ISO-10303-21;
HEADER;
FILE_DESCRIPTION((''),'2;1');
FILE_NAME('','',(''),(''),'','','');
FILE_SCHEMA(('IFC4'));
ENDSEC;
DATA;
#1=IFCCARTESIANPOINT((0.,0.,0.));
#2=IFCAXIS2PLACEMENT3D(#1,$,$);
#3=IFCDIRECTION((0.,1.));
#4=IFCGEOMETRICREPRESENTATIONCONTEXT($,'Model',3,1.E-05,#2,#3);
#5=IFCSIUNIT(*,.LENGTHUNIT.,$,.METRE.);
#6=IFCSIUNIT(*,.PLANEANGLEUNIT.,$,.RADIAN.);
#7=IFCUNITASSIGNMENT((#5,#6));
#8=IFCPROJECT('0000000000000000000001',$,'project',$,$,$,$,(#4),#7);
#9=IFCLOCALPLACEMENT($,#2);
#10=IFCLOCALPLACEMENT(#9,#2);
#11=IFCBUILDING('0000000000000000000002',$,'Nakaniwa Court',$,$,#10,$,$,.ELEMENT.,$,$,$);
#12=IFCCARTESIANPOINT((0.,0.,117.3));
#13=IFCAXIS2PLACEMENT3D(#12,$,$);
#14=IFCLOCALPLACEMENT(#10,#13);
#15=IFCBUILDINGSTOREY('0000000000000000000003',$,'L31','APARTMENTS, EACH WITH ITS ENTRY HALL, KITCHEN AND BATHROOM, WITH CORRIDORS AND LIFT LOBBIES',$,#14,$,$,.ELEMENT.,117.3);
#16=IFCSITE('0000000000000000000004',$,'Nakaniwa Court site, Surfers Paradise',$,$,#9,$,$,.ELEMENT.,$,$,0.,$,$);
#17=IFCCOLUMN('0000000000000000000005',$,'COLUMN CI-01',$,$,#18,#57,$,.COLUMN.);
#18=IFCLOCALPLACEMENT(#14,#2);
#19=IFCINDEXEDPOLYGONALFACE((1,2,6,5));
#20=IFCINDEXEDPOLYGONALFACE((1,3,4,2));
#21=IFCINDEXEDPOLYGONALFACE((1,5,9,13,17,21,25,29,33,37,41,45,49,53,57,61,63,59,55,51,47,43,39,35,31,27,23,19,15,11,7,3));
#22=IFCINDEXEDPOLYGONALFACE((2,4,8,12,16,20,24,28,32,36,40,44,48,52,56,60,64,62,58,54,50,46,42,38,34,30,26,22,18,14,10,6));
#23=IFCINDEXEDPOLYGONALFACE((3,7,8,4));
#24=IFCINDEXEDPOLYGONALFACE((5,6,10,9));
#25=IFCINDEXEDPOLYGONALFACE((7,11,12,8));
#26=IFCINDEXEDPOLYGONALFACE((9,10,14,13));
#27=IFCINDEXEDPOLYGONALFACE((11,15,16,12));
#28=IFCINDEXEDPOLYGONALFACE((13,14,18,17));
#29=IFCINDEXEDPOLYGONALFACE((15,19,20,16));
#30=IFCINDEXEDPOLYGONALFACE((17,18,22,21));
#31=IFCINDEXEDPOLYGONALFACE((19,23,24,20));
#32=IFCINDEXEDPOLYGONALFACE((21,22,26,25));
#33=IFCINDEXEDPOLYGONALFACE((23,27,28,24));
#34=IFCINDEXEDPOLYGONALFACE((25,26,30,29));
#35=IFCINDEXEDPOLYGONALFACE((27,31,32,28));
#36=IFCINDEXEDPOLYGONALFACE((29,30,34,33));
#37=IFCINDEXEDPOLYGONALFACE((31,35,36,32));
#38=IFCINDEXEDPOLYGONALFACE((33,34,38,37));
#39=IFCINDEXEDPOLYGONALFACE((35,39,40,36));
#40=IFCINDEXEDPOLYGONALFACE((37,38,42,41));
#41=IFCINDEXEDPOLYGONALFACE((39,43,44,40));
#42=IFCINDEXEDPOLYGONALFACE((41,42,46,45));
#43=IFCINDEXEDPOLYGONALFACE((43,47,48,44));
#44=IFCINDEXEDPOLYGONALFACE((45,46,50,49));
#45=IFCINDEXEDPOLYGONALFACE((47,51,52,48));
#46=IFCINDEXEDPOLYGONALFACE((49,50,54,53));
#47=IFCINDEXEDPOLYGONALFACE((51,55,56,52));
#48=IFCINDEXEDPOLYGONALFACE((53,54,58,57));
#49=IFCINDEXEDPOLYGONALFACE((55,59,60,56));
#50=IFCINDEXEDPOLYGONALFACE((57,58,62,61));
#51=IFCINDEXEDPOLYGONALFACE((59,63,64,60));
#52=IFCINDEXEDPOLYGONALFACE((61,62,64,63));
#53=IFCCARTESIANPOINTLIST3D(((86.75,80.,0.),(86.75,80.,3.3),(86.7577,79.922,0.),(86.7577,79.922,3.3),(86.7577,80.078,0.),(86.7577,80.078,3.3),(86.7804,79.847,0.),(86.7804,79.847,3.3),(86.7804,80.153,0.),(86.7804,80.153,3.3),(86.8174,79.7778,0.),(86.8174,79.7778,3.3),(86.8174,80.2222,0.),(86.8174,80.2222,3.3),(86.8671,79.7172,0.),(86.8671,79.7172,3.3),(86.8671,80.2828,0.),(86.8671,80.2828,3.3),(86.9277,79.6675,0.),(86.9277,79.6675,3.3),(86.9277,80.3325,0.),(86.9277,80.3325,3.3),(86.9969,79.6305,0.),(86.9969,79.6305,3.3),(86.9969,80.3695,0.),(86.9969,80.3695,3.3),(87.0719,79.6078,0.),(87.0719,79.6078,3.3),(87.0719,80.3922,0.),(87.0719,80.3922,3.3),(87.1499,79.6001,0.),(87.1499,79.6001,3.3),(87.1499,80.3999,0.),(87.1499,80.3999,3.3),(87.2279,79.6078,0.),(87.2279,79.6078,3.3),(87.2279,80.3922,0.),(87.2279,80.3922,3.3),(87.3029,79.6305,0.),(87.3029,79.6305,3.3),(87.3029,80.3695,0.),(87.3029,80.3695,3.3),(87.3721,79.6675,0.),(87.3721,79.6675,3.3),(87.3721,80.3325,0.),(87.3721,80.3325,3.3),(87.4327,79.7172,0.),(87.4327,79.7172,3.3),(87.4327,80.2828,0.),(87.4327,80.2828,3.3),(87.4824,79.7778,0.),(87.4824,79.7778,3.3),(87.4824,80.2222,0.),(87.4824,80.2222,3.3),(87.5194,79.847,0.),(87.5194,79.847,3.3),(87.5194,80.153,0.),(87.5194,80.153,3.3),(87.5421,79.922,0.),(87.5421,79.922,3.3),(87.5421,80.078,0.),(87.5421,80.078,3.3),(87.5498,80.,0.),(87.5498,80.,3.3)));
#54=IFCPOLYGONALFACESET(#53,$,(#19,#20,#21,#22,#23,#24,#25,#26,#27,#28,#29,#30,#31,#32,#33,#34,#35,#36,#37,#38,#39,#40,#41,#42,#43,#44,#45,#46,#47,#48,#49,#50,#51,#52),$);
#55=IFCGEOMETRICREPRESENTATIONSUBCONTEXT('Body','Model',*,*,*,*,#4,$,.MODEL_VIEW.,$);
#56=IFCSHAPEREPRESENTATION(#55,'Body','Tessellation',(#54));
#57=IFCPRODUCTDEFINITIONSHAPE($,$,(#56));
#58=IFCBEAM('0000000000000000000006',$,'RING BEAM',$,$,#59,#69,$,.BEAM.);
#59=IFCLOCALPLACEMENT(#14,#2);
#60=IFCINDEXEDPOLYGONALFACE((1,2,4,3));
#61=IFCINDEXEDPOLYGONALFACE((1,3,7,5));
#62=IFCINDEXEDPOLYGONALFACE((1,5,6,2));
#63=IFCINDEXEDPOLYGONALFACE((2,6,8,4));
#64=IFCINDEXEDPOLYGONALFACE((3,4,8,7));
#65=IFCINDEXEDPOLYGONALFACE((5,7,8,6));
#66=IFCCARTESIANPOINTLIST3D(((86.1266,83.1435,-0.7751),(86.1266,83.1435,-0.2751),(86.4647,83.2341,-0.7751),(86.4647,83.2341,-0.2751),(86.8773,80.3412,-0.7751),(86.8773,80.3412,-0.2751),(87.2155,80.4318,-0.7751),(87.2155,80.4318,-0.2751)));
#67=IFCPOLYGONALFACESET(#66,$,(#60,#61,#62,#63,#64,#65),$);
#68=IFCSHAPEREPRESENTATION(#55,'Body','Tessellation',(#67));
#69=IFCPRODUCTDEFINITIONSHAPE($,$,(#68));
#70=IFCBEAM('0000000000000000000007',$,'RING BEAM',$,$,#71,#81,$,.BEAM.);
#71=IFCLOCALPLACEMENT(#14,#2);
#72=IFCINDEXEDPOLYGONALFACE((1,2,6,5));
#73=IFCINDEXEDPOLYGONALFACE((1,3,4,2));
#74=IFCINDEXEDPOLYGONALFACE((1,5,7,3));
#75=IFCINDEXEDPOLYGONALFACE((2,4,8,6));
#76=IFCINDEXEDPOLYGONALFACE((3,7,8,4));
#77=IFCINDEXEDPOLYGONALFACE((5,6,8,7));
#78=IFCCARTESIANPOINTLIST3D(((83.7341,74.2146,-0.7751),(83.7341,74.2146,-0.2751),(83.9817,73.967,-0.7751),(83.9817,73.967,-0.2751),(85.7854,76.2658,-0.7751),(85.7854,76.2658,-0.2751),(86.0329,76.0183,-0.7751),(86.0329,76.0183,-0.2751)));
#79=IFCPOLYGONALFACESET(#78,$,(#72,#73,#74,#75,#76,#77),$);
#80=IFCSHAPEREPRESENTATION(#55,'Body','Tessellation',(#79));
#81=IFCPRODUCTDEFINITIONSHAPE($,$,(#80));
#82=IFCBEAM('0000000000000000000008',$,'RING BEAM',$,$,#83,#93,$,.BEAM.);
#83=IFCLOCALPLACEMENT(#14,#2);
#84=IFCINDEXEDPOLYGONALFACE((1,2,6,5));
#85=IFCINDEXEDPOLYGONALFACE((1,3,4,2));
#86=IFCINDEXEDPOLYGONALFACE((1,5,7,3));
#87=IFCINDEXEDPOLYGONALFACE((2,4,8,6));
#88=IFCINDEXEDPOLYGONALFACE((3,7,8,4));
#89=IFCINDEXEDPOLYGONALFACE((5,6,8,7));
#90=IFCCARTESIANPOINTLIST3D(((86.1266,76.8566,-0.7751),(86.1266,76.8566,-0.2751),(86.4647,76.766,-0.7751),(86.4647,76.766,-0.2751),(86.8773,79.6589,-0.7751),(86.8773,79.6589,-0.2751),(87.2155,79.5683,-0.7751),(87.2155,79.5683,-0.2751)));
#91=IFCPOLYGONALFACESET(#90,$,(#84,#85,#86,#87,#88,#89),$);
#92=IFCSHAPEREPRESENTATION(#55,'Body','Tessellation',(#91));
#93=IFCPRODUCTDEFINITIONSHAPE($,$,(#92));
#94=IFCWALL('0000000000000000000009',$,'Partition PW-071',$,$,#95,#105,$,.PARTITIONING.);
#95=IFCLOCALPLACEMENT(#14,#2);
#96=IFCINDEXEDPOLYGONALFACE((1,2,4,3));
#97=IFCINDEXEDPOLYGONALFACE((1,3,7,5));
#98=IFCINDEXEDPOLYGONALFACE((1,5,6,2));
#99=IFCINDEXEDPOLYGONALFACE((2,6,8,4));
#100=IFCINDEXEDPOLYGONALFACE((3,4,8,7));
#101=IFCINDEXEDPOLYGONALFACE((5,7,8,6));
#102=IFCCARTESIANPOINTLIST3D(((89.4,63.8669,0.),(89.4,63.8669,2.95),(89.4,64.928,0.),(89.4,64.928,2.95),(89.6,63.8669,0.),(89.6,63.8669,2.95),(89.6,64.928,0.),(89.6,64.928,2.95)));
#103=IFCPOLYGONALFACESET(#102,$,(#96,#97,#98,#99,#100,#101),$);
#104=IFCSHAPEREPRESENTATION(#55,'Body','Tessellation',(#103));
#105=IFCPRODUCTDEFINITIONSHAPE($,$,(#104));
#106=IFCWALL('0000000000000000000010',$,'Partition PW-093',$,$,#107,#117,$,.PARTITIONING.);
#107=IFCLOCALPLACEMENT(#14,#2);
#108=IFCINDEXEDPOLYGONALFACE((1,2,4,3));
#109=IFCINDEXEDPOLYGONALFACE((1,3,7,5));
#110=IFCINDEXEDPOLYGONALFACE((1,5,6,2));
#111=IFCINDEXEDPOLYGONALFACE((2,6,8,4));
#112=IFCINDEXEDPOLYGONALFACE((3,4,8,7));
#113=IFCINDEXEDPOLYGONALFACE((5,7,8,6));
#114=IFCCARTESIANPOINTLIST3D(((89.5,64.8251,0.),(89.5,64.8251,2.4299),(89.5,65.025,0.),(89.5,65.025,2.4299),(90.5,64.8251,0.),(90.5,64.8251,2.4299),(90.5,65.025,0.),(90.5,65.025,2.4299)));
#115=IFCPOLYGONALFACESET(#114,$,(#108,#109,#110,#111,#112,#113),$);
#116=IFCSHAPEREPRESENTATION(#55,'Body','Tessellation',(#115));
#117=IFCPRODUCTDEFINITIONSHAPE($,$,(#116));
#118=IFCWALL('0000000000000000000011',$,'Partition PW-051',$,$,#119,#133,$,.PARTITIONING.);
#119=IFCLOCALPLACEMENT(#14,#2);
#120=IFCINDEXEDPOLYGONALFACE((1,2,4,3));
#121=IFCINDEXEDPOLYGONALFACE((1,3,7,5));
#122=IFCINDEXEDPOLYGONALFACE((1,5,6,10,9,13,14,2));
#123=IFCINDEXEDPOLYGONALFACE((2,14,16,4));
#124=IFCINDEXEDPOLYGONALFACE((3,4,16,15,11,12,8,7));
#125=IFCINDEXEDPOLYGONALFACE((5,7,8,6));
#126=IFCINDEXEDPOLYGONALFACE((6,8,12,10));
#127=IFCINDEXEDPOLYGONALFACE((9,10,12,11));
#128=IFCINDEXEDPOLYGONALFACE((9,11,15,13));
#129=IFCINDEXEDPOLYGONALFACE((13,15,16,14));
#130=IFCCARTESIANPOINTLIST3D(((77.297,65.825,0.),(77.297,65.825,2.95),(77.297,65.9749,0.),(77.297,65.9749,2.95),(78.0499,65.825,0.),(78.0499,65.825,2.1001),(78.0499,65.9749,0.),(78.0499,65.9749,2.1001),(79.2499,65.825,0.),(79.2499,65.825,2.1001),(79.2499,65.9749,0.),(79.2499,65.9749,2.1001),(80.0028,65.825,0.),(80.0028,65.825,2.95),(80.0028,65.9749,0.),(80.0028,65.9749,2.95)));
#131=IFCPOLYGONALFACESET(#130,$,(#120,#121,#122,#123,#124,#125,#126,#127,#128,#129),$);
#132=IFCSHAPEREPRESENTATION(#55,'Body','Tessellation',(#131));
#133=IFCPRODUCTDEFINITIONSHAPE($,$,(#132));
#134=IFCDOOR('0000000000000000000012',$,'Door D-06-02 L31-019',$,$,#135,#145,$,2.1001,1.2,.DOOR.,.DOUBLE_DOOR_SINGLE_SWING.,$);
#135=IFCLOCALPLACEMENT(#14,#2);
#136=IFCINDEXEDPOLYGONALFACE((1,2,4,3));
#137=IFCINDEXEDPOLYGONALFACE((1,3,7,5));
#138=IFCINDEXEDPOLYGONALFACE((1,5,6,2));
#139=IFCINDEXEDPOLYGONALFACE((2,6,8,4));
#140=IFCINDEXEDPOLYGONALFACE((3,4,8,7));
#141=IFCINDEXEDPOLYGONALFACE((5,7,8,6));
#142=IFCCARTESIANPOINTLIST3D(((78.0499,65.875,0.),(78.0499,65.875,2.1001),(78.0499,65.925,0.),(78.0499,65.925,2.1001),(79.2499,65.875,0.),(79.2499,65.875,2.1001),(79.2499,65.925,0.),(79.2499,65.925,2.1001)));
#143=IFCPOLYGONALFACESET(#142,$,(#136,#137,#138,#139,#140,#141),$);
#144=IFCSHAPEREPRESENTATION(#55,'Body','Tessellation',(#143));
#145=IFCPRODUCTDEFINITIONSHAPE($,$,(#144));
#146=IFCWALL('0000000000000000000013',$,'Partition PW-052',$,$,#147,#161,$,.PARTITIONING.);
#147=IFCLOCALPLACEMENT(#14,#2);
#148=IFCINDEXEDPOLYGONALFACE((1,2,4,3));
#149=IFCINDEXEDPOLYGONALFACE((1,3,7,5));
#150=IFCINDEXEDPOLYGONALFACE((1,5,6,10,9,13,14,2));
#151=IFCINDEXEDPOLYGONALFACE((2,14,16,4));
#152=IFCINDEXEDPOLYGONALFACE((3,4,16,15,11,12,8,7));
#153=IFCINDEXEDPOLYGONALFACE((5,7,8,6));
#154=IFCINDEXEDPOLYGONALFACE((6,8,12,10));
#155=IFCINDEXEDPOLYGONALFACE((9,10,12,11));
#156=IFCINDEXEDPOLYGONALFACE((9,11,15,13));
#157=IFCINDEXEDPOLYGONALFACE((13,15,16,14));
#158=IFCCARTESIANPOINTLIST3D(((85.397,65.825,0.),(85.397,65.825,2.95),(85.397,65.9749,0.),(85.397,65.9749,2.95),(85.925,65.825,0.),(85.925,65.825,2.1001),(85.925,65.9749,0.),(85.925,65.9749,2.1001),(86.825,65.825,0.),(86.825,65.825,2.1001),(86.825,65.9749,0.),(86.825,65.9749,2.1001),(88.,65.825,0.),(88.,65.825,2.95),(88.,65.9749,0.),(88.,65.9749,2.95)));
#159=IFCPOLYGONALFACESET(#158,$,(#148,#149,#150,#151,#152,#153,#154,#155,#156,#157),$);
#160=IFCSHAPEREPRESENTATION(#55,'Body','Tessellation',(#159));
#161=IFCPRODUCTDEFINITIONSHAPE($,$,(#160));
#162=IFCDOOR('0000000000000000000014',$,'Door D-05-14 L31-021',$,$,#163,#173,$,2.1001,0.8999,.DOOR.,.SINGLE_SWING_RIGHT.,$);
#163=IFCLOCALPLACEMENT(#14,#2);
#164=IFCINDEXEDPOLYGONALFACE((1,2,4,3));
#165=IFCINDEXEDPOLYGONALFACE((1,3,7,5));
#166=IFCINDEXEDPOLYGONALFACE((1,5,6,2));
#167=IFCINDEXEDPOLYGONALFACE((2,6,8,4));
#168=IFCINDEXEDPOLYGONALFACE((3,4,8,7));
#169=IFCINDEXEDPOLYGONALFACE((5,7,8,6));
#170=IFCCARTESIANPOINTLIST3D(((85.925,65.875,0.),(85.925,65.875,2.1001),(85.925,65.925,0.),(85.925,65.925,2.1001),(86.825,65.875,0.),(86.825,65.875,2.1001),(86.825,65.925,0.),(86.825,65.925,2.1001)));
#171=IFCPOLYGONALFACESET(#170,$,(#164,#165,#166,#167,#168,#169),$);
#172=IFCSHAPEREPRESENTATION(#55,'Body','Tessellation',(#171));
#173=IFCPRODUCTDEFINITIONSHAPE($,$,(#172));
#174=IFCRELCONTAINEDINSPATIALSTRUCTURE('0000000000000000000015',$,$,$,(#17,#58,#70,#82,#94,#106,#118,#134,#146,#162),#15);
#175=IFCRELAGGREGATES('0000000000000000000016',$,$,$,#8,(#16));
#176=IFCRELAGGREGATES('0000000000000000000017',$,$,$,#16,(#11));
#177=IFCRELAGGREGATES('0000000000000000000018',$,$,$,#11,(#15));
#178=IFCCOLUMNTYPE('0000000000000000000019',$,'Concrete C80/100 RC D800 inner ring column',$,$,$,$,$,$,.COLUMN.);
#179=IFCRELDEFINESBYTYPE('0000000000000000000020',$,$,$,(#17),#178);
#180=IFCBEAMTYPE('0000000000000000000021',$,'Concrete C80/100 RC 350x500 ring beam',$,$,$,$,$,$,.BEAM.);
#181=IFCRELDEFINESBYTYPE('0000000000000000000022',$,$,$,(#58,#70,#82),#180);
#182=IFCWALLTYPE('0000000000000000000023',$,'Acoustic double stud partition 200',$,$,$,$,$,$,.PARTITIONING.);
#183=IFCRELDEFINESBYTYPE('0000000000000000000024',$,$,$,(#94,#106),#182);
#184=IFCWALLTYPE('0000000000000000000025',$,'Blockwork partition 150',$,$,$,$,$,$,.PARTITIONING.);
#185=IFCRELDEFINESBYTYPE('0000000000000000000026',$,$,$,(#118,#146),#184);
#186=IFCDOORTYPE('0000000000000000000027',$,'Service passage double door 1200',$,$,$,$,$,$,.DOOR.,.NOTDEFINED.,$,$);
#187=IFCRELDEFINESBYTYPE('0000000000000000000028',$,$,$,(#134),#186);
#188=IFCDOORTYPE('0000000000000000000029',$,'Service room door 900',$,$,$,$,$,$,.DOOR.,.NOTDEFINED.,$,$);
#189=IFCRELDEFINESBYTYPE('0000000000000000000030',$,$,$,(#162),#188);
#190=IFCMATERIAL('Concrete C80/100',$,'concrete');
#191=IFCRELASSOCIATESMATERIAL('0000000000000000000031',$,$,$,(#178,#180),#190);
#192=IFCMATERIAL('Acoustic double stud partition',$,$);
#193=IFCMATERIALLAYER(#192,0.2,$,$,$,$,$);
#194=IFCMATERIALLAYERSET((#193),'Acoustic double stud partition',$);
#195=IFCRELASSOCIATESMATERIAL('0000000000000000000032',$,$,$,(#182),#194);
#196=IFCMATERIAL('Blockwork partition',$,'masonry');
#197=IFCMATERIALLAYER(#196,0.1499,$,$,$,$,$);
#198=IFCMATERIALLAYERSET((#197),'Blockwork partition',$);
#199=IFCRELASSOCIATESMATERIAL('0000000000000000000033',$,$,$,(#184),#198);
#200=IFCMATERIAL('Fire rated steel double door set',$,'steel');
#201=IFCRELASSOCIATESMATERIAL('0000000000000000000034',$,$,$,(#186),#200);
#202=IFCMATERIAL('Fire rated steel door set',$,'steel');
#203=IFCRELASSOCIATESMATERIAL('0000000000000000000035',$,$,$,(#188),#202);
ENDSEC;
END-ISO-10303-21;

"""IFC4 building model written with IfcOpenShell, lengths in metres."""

from ifc_helpers import new_model, si_unit, direction, frame, frame_2d, origin, origin_2d, place, context, subcontext, project, spatial, rectangle, circle, extrude, material, layer, layer_set, material_profile, profile_set, type_object, element, fill, save


model = new_model("IFC4")

# Units and contexts
model_context = context("Model", 3, precision=1e-05, world=origin(), true_north=direction((0.0, 1.0)))
body_context = subcontext(model_context, "Body", "Model", "MODEL_VIEW")
ifc_project = project(units=[si_unit("LENGTHUNIT", "METRE"), si_unit("PLANEANGLEUNIT", "RADIAN")], contexts=[model_context])

# Site, building, storey
site_placement = place(None, origin())
site = spatial("IfcSite", under=ifc_project, at=site_placement, Name="Nakaniwa Court site, Surfers Paradise", CompositionType="ELEMENT", RefElevation=0.0)
building_placement = place(site_placement, origin())
building = spatial("IfcBuilding", under=site, at=building_placement, Name="Nakaniwa Court", CompositionType="ELEMENT")
storey_placement = place(building_placement, frame((0.0, 0.0, 117.3)))
storey = spatial("IfcBuildingStorey", under=building, at=storey_placement, Name="L31", Description="APARTMENTS, EACH WITH ITS ENTRY HALL, KITCHEN AND BATHROOM, WITH CORRIDORS AND LIFT LOBBIES", CompositionType="ELEMENT", Elevation=117.3)

# Column
ifc_material_1 = material(Name="Concrete C80/100", Category="concrete")
ifc_material_profile_1 = material_profile(ifc_material_1, circle(Radius=0.3999, at=origin_2d()), Name="Concrete C80/100 RC D800 inner ring column")
ifc_profile_set_1 = profile_set([ifc_material_profile_1], Name="Concrete C80/100")
column_type = type_object("IfcColumnType", Name="Concrete C80/100 RC D800 inner ring column", PredefinedType="COLUMN", material=ifc_profile_set_1)
for number, where, z_axis, x_axis, name in (
    (1, (87.1499, 80.0, 0.0), (0.0, 0.0, 1.0), (0.0, 1.0, 0.0), "COLUMN CI-01"),
):
    element("IfcColumn", number, at=place(storey_placement, frame(where, z_axis=z_axis, x_axis=x_axis)), inside=storey, type_object=column_type, Name=name, PredefinedType="COLUMN", context=body_context, shape_type="SweptSolid", body=[
        extrude(circle(Radius=0.3999, at=origin_2d()), origin(), (0.0, 0.0, 1.0), 3.3),
    ])

# Beams
ifc_material_profile_2 = material_profile(ifc_material_1, rectangle(XDim=0.3501, YDim=0.5, at=origin_2d()), Name="Concrete C80/100 RC 350x500 ring beam")
ifc_profile_set_2 = profile_set([ifc_material_profile_2], Name="Concrete C80/100")
beam_type = type_object("IfcBeamType", Name="Concrete C80/100 RC 350x500 ring beam", PredefinedType="BEAM", material=ifc_profile_set_2)
beam_1_placement = place(storey_placement, frame((87.0464, 80.3865, -0.5251), z_axis=(-0.258778, 0.965937, 0.0), x_axis=(-0.965937, -0.258778, 0.0)))
element("IfcBeam", 2, at=beam_1_placement, inside=storey, type_object=beam_type, Name="RING BEAM", PredefinedType="BEAM", context=body_context, shape_type="SweptSolid", body=[
    extrude(rectangle(XDim=0.3501, YDim=0.5, at=origin_2d()), origin(), (0.0, 0.0, 1.0), 2.9011),
])
beam_2_placement = place(storey_placement, frame((83.8579, 74.0908, -0.5251), z_axis=(0.707107, 0.707107, 0.0), x_axis=(-0.707107, 0.707107, 0.0)))
element("IfcBeam", 3, at=beam_2_placement, inside=storey, type_object=beam_type, Name="RING BEAM", PredefinedType="BEAM", context=body_context, shape_type="SweptSolid", body=[
    extrude(rectangle(XDim=0.3501, YDim=0.5, at=origin_2d()), origin(), (0.0, 0.0, 1.0), 2.9009),
])
beam_3_placement = place(storey_placement, frame((86.2957, 76.8113, -0.5251), z_axis=(0.258778, 0.965937, 0.0), x_axis=(-0.965937, 0.258778, 0.0)))
element("IfcBeam", 4, at=beam_3_placement, inside=storey, type_object=beam_type, Name="RING BEAM", PredefinedType="BEAM", context=body_context, shape_type="SweptSolid", body=[
    extrude(rectangle(XDim=0.3501, YDim=0.5, at=origin_2d()), origin(), (0.0, 0.0, 1.0), 2.9011),
])

# Walls
ifc_material_2 = material(Name="Acoustic double stud partition")
ifc_layer_1 = layer(ifc_material_2, 0.2)
ifc_layer_set_1 = layer_set([ifc_layer_1], Name="Acoustic double stud partition")
wall_type_1 = type_object("IfcWallType", Name="Acoustic double stud partition 200", PredefinedType="PARTITIONING", material=ifc_layer_set_1)
wall_1_placement = place(storey_placement, frame((89.5, 63.8669, 0.0), z_axis=(0.0, 0.0, 1.0), x_axis=(0.0, 1.0, 0.0)))
element("IfcWall", 5, at=wall_1_placement, inside=storey, type_object=wall_type_1, Name="Partition PW-071", PredefinedType="PARTITIONING", context=body_context, shape_type="SweptSolid", body=[
    extrude(rectangle(XDim=1.061, YDim=0.2, at=frame_2d((0.5305, 0.0))), origin(), (0.0, 0.0, 1.0), 2.95),
])
wall_2_placement = place(storey_placement, frame((89.5, 64.925, 0.0), z_axis=(0.0, 0.0, 1.0), x_axis=(1.0, 0.0, 0.0)))
element("IfcWall", 6, at=wall_2_placement, inside=storey, type_object=wall_type_1, Name="Partition PW-093", PredefinedType="PARTITIONING", context=body_context, shape_type="SweptSolid", body=[
    extrude(rectangle(XDim=1.0, YDim=0.2, at=frame_2d((0.5, 0.0))), origin(), (0.0, 0.0, 1.0), 2.4299),
])

# Walls, openings, doors
ifc_material_3 = material(Name="Blockwork partition", Category="masonry")
ifc_layer_2 = layer(ifc_material_3, 0.1499)
ifc_layer_set_2 = layer_set([ifc_layer_2], Name="Blockwork partition")
wall_type_2 = type_object("IfcWallType", Name="Blockwork partition 150", PredefinedType="PARTITIONING", material=ifc_layer_set_2)
wall_3_placement = place(storey_placement, frame((80.0029, 65.8999, 0.0), z_axis=(0.0, 0.0, 1.0), x_axis=(-1.0, 0.0, 0.0)))
wall_3 = element("IfcWall", 7, at=wall_3_placement, inside=storey, type_object=wall_type_2, Name="Partition PW-051", PredefinedType="PARTITIONING", context=body_context, shape_type="SweptSolid", body=[
    extrude(rectangle(XDim=2.7058, YDim=0.1499, at=frame_2d((1.353, 0.0))), origin(), (0.0, 0.0, 1.0), 2.95),
])
opening_1_placement = place(wall_3_placement, frame((0.7529, 0.0, 0.0)))
opening_1 = element("IfcOpeningElement", 8, at=opening_1_placement, cuts=wall_3, PredefinedType="OPENING", context=body_context, shape_type="SweptSolid", body=[
    extrude(rectangle(XDim=1.2, YDim=2.1001, at=frame_2d((0.6001, 1.05))), frame((0.0, 0.085, 0.0), z_axis=(0.0, -1.0, 0.0), x_axis=(1.0, 0.0, 0.0)), (0.0, 0.0, 1.0), 0.1699),
])
ifc_material_4 = material(Name="Fire rated steel double door set", Category="steel")
door_type_1 = type_object("IfcDoorType", Name="Service passage double door 1200", OperationType="NOTDEFINED", PredefinedType="DOOR", material=ifc_material_4)
door_1_placement = place(opening_1_placement, origin())
door_1 = element("IfcDoor", 9, at=door_1_placement, inside=storey, type_object=door_type_1, Name="Door D-06-02 L31-019", OperationType="DOUBLE_DOOR_SINGLE_SWING", OverallHeight=2.1001, OverallWidth=1.2, PredefinedType="DOOR", context=body_context, shape_type="SweptSolid", body=[
    extrude(rectangle(XDim=1.2, YDim=2.1001, at=frame_2d((0.6001, 1.05))), frame((0.0, 0.0249, 0.0), z_axis=(0.0, -1.0, 0.0), x_axis=(1.0, 0.0, 0.0)), (0.0, 0.0, 1.0), 0.05),
])
fill(opening_1, door_1)
wall_4_placement = place(storey_placement, frame((88.0, 65.8999, 0.0), z_axis=(0.0, 0.0, 1.0), x_axis=(-1.0, 0.0, 0.0)))
wall_4 = element("IfcWall", 10, at=wall_4_placement, inside=storey, type_object=wall_type_2, Name="Partition PW-052", PredefinedType="PARTITIONING", context=body_context, shape_type="SweptSolid", body=[
    extrude(rectangle(XDim=2.603, YDim=0.1499, at=frame_2d((1.3015, 0.0))), origin(), (0.0, 0.0, 1.0), 2.95),
])
opening_2_placement = place(wall_4_placement, frame((1.175, 0.0, 0.0)))
opening_2 = element("IfcOpeningElement", 11, at=opening_2_placement, cuts=wall_4, PredefinedType="OPENING", context=body_context, shape_type="SweptSolid", body=[
    extrude(rectangle(XDim=0.8999, YDim=2.1001, at=frame_2d((0.45, 1.05))), frame((0.0, 0.085, 0.0), z_axis=(0.0, -1.0, 0.0), x_axis=(1.0, 0.0, 0.0)), (0.0, 0.0, 1.0), 0.1699),
])
ifc_material_5 = material(Name="Fire rated steel door set", Category="steel")
door_type_2 = type_object("IfcDoorType", Name="Service room door 900", OperationType="NOTDEFINED", PredefinedType="DOOR", material=ifc_material_5)
door_2_placement = place(opening_2_placement, origin())
door_2 = element("IfcDoor", 12, at=door_2_placement, inside=storey, type_object=door_type_2, Name="Door D-05-14 L31-021", OperationType="SINGLE_SWING_RIGHT", OverallHeight=2.1001, OverallWidth=0.8999, PredefinedType="DOOR", context=body_context, shape_type="SweptSolid", body=[
    extrude(rectangle(XDim=0.8999, YDim=2.1001, at=frame_2d((0.45, 1.05))), frame((0.0, 0.0249, 0.0), z_axis=(0.0, -1.0, 0.0), x_axis=(1.0, 0.0, 0.0)), (0.0, 0.0, 1.0), 0.05),
])
fill(opening_2, door_2)

save(model, "model.ifc")
